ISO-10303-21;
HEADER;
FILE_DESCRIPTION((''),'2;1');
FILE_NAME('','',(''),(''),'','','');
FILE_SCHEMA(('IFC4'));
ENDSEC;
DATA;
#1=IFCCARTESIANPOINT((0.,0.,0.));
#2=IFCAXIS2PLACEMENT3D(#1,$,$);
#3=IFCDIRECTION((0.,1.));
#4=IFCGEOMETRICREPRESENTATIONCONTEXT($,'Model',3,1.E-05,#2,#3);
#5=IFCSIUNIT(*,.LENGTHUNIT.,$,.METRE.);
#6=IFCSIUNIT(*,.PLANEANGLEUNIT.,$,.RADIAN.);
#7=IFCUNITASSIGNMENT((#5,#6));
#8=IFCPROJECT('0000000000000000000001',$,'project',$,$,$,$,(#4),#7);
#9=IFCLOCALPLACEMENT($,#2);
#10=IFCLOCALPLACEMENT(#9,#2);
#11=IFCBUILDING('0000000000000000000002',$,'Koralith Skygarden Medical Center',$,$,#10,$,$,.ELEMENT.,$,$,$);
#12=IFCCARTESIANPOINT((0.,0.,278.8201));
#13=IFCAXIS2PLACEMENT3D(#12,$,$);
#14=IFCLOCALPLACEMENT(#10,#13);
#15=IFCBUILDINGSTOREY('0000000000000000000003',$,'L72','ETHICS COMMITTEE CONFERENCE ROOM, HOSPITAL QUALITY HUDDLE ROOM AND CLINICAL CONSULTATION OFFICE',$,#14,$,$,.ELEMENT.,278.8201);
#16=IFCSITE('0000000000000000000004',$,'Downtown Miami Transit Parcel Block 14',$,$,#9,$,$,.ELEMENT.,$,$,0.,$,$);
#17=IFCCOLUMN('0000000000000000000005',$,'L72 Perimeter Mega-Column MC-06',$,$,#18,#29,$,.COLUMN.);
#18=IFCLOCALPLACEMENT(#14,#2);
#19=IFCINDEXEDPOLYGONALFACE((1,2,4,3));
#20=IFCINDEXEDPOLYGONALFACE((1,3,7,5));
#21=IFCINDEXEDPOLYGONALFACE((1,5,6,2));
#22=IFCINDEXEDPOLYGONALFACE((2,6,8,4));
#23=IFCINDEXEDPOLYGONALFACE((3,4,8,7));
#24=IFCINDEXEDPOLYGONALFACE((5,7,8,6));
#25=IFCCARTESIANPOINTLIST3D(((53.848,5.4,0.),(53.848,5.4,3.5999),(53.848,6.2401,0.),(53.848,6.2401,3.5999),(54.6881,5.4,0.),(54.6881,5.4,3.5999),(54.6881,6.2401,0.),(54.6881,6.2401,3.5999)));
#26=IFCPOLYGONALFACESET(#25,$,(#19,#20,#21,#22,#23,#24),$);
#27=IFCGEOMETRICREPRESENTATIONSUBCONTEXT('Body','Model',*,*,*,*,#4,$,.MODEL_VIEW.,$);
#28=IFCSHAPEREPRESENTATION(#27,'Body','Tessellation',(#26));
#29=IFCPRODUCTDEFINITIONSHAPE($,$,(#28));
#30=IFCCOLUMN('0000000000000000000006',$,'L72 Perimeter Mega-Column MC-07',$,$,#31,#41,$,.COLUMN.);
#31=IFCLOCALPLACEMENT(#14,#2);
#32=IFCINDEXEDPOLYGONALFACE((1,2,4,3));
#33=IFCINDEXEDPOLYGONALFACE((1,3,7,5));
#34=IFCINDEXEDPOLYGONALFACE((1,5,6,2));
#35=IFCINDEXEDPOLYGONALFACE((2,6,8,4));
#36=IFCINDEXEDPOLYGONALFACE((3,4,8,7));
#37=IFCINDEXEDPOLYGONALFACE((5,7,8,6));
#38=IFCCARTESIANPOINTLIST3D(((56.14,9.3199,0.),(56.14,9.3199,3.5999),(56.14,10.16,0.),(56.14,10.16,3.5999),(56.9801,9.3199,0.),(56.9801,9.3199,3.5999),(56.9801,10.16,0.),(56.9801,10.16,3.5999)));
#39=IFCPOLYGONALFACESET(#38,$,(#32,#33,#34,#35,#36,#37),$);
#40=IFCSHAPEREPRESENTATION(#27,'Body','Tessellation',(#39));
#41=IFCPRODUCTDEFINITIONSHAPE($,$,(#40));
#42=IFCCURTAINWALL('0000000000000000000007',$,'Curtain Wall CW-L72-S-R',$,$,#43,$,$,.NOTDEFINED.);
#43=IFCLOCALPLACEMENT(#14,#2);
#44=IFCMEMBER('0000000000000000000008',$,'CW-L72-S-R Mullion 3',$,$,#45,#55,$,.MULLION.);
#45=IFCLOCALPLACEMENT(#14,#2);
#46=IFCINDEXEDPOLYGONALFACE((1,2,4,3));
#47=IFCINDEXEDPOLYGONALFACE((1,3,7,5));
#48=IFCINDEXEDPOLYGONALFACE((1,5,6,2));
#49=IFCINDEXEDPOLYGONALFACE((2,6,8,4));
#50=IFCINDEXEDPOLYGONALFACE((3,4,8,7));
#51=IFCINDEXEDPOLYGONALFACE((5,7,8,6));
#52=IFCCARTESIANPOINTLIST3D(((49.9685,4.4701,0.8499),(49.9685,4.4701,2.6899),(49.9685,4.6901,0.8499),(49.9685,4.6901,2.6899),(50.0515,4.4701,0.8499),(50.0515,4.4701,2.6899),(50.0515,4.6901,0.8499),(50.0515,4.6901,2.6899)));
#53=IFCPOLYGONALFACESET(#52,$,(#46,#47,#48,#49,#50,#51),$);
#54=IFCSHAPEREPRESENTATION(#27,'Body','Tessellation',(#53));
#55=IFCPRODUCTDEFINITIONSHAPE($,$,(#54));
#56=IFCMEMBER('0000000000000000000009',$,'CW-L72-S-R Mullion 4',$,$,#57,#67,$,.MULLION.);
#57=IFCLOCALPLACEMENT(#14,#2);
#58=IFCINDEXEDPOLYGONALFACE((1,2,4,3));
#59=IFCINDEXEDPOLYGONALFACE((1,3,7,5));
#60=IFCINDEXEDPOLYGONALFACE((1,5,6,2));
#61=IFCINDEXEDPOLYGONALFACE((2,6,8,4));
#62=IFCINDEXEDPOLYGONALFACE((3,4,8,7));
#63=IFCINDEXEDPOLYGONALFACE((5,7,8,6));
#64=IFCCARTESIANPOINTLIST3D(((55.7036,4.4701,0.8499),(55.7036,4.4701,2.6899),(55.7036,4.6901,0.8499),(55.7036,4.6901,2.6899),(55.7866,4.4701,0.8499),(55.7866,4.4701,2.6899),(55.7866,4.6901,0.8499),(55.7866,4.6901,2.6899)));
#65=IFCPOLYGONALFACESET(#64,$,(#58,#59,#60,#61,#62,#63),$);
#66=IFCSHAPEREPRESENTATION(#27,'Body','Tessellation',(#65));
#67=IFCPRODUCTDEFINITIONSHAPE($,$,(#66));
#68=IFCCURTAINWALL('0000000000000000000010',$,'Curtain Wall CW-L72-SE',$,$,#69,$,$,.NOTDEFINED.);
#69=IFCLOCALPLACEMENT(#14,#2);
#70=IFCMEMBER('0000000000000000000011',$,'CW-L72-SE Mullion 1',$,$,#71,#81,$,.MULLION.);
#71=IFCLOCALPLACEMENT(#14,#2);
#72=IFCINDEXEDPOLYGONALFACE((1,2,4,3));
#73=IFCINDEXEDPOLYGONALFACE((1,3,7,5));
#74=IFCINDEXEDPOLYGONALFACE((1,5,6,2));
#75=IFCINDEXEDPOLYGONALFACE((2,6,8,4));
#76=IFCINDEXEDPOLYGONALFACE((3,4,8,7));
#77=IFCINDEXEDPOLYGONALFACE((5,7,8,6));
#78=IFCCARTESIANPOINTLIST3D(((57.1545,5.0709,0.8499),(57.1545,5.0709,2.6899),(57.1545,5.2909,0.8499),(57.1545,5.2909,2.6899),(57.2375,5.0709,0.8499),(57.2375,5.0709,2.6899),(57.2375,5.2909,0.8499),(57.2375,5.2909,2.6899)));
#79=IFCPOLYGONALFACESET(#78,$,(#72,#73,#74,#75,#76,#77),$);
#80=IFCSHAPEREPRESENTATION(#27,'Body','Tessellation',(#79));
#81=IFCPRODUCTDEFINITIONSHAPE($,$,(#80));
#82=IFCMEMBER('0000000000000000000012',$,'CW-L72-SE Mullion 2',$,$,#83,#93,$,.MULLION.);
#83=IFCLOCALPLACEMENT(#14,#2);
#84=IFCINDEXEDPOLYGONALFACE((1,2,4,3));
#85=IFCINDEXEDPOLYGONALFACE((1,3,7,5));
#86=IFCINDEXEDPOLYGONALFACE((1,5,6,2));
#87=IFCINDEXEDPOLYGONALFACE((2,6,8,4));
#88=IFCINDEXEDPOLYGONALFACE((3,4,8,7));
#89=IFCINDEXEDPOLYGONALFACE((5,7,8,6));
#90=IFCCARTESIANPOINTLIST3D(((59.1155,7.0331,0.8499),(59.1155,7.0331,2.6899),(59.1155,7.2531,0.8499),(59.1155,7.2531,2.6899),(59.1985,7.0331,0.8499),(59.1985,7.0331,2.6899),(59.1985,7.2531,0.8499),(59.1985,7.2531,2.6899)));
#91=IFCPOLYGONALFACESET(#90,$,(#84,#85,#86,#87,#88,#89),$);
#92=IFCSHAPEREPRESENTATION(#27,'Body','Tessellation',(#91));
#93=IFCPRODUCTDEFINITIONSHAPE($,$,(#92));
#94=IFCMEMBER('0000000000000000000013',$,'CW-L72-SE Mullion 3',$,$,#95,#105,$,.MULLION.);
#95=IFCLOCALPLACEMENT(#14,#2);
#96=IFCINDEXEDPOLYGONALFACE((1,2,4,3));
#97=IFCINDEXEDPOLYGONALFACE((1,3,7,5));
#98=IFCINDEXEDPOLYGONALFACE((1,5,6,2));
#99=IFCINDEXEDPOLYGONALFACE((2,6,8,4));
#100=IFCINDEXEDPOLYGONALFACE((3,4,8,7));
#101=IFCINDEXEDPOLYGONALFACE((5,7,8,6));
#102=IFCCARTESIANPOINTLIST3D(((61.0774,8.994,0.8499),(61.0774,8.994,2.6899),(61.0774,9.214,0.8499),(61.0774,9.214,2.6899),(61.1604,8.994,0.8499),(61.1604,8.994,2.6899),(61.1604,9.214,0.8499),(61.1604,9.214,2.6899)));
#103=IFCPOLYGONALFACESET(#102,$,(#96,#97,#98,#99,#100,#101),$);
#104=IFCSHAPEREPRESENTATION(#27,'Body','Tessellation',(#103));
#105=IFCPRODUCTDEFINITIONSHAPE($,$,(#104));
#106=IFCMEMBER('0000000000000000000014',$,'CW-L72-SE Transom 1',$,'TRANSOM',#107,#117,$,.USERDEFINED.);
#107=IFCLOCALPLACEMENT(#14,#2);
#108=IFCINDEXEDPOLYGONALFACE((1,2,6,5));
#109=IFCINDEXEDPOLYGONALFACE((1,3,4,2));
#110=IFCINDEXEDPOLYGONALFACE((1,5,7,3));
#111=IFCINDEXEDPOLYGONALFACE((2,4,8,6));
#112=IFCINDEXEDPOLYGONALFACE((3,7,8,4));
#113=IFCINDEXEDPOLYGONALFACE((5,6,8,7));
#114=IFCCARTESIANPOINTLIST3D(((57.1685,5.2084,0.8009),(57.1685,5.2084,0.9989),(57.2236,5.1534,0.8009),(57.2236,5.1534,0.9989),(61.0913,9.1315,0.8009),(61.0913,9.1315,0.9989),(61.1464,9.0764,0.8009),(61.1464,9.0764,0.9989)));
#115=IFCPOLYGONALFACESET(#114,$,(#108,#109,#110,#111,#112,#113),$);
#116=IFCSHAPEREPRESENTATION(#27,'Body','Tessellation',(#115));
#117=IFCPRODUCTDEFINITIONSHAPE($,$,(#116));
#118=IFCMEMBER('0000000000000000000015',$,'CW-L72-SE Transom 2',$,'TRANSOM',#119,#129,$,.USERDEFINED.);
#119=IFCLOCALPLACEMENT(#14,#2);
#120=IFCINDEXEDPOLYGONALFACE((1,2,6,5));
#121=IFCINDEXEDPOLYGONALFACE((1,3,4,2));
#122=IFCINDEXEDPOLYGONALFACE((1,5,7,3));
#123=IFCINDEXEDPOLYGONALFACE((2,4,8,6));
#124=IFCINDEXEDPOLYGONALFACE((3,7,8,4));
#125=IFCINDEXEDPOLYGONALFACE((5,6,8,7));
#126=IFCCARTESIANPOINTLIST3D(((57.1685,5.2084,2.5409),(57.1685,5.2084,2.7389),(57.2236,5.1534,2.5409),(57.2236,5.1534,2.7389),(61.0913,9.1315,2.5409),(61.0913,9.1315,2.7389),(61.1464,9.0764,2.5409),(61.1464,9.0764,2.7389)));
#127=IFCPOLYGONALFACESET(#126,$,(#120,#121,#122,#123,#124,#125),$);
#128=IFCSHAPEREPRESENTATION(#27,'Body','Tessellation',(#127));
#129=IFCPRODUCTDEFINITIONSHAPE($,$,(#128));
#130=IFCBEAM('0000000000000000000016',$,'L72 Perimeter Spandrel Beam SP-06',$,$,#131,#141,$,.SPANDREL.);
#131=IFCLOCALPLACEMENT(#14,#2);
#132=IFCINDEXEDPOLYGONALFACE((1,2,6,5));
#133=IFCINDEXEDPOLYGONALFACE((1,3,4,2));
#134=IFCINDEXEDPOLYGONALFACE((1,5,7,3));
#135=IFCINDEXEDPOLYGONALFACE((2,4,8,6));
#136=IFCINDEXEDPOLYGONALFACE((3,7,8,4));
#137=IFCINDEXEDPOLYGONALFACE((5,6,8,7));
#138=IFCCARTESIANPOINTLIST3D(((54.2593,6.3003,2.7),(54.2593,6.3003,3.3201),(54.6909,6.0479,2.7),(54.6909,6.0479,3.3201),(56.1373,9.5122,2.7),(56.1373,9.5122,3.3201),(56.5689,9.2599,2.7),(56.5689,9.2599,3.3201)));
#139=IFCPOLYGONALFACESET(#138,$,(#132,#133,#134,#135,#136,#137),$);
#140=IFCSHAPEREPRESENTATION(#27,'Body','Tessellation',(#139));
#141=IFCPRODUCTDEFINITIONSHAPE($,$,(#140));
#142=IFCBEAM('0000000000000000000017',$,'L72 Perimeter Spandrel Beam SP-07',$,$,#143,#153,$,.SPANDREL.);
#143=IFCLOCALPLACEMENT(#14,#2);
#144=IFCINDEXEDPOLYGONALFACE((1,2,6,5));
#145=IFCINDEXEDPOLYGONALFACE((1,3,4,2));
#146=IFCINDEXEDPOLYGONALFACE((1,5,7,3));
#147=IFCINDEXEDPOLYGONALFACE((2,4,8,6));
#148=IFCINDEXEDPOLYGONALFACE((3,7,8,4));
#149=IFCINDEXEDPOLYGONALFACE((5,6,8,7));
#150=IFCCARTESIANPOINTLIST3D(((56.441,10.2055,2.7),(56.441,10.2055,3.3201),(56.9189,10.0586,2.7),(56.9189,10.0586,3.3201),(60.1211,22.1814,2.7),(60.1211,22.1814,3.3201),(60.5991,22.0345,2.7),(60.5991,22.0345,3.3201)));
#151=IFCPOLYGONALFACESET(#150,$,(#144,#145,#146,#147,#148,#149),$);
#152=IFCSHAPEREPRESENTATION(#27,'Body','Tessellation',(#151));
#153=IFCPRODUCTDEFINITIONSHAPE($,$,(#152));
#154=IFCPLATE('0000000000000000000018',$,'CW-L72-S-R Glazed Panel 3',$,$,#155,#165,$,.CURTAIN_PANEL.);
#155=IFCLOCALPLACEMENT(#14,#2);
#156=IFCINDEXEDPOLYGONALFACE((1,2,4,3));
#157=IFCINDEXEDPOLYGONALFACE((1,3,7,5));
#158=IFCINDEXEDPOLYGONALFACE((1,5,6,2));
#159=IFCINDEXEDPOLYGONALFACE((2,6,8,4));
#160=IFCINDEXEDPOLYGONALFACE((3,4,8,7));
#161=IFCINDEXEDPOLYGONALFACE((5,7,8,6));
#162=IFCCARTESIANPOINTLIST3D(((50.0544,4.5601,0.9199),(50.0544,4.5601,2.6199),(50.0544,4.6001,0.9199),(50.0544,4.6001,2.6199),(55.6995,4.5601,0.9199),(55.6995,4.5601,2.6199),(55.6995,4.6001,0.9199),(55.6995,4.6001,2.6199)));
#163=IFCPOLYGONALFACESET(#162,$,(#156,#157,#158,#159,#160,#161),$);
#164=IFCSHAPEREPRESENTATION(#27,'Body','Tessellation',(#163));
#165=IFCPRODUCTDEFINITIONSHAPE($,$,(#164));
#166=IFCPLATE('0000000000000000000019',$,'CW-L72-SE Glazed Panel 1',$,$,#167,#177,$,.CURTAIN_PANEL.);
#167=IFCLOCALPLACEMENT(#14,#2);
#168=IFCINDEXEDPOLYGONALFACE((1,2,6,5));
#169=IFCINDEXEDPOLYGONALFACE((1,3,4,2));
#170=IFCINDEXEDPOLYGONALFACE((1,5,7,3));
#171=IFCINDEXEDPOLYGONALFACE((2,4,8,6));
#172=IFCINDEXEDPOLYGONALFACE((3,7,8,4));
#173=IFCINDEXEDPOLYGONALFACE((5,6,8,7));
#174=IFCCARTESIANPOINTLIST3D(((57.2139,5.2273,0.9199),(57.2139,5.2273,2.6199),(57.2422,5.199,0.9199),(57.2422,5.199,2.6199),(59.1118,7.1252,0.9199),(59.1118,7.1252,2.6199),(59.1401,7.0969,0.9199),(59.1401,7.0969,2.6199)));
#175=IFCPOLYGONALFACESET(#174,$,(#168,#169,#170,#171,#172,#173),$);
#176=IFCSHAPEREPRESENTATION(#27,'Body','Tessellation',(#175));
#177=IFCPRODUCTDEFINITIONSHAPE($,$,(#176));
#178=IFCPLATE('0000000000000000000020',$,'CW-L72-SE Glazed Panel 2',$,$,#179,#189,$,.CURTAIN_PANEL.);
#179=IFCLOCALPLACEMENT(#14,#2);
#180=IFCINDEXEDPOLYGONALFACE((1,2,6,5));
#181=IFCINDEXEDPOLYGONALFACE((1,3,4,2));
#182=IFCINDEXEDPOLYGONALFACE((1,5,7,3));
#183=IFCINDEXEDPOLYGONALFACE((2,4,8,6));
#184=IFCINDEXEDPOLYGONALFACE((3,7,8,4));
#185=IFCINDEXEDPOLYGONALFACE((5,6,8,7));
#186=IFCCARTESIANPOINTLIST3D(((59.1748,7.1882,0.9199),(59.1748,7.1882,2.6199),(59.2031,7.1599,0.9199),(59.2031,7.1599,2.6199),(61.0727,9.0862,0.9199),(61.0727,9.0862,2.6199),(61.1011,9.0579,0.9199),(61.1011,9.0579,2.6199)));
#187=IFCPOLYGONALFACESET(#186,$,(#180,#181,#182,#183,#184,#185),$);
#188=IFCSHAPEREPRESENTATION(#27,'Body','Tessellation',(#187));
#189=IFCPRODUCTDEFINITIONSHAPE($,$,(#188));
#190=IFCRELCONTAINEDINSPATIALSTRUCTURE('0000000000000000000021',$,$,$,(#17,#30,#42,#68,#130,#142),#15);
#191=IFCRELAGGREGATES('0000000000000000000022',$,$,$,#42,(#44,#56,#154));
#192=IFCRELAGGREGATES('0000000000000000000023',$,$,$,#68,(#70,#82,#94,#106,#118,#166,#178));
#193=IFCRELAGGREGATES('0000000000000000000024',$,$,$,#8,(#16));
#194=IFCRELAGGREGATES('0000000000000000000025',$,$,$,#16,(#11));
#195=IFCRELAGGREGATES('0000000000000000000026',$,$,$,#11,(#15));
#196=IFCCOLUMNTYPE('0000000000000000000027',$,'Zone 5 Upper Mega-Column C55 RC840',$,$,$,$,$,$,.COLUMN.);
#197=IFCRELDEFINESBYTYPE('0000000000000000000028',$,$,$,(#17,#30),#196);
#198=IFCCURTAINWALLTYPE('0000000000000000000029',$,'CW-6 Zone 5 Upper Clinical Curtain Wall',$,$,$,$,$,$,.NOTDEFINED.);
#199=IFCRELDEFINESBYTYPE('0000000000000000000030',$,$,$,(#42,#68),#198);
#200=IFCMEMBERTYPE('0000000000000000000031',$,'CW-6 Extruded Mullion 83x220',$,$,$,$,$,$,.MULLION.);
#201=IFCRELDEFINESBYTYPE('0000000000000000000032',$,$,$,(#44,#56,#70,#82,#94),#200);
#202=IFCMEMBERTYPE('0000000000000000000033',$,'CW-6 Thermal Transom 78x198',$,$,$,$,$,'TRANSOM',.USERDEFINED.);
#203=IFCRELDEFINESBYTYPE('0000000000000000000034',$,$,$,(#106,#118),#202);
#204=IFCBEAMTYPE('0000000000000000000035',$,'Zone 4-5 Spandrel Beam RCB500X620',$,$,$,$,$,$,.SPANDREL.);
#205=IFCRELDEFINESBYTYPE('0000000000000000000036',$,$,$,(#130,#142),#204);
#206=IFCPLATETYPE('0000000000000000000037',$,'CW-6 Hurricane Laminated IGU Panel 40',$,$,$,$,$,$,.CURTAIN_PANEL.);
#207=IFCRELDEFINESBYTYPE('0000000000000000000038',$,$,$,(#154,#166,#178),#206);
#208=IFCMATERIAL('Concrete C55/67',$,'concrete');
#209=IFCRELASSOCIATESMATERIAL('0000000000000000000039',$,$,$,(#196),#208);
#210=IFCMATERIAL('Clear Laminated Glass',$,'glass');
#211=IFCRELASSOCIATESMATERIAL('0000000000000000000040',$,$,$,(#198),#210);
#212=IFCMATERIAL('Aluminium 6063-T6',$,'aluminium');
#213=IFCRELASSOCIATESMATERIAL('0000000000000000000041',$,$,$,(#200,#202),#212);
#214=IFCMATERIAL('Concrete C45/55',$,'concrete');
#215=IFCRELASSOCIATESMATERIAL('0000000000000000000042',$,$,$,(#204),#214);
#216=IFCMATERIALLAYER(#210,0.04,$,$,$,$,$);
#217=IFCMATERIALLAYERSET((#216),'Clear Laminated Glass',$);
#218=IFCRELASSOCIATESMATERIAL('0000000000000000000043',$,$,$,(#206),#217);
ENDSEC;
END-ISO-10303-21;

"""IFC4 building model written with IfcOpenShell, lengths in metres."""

from ifc_helpers import new_model, si_unit, direction, frame, origin, origin_2d, place, context, subcontext, project, spatial, rectangle, extrude, material, layer, layer_set, material_profile, profile_set, type_object, element, aggregate, save


model = new_model("IFC4")

# Units and contexts
model_context = context("Model", 3, precision=1e-05, world=origin(), true_north=direction((0.0, 1.0)))
body_context = subcontext(model_context, "Body", "Model", "MODEL_VIEW")
ifc_project = project(units=[si_unit("LENGTHUNIT", "METRE"), si_unit("PLANEANGLEUNIT", "RADIAN")], contexts=[model_context])

# Site, building, storey
site_placement = place(None, origin())
site = spatial("IfcSite", under=ifc_project, at=site_placement, Name="Downtown Miami Transit Parcel Block 14", CompositionType="ELEMENT", RefElevation=0.0)
building_placement = place(site_placement, origin())
building = spatial("IfcBuilding", under=site, at=building_placement, Name="Koralith Skygarden Medical Center", CompositionType="ELEMENT")
storey_placement = place(building_placement, frame((0.0, 0.0, 278.8201)))
storey = spatial("IfcBuildingStorey", under=building, at=storey_placement, Name="L72", Description="ETHICS COMMITTEE CONFERENCE ROOM, HOSPITAL QUALITY HUDDLE ROOM AND CLINICAL CONSULTATION OFFICE", CompositionType="ELEMENT", Elevation=278.8201)

# Columns
ifc_material_1 = material(Name="Concrete C55/67", Category="concrete")
ifc_material_profile_1 = material_profile(ifc_material_1, rectangle(XDim=0.8401, YDim=0.8401, at=origin_2d()), Name="RC840X840")
ifc_profile_set_1 = profile_set([ifc_material_profile_1], Name="Concrete C55/67")
column_type = type_object("IfcColumnType", Name="Zone 5 Upper Mega-Column C55 RC840", PredefinedType="COLUMN", material=ifc_profile_set_1)
for number, where, z_axis, x_axis, name in (
    (1, (54.2681, 5.8201, 0.0), (0.0, 0.0, 1.0), (1.0, 0.0, 0.0), "L72 Perimeter Mega-Column MC-06"),
    (2, (56.5601, 9.74, 0.0), (0.0, 0.0, 1.0), (1.0, 0.0, 0.0), "L72 Perimeter Mega-Column MC-07"),
):
    element("IfcColumn", number, at=place(storey_placement, frame(where, z_axis=z_axis, x_axis=x_axis)), inside=storey, type_object=column_type, Name=name, PredefinedType="COLUMN", context=body_context, shape_type="SweptSolid", body=[
        extrude(rectangle(XDim=0.8401, YDim=0.8401, at=origin_2d()), origin(), (0.0, 0.0, 1.0), 3.5999),
    ])

# Curtain walls, members
ifc_material_2 = material(Name="Clear Laminated Glass", Category="glass")
curtain_wall_type = type_object("IfcCurtainWallType", Name="CW-6 Zone 5 Upper Clinical Curtain Wall", PredefinedType="NOTDEFINED", material=ifc_material_2)
curtain_wall_1_placement = place(storey_placement, origin())
curtain_wall_1 = element("IfcCurtainWall", 3, at=curtain_wall_1_placement, inside=storey, type_object=curtain_wall_type, Name="Curtain Wall CW-L72-S-R", PredefinedType="NOTDEFINED")
ifc_material_3 = material(Name="Aluminium 6063-T6", Category="aluminium")
ifc_material_profile_2 = material_profile(ifc_material_3, rectangle(XDim=0.083, YDim=0.22, at=origin_2d()), Name="MUL83X220")
ifc_profile_set_2 = profile_set([ifc_material_profile_2], Name="Aluminium 6063-T6")
member_type_1 = type_object("IfcMemberType", Name="CW-6 Extruded Mullion 83x220", PredefinedType="MULLION", material=ifc_profile_set_2)
member_1_placement = place(storey_placement, frame((50.01, 4.5801, 0.8499), z_axis=(0.0, 0.0, 1.0), x_axis=(1.0, 0.0, 0.0)))
member_1 = element("IfcMember", 4, at=member_1_placement, type_object=member_type_1, Name="CW-L72-S-R Mullion 3", PredefinedType="MULLION", context=body_context, shape_type="SweptSolid", body=[
    extrude(rectangle(XDim=0.083, YDim=0.22, at=origin_2d()), origin(), (0.0, 0.0, 1.0), 1.8401),
])
member_2_placement = place(storey_placement, frame((55.7451, 4.5801, 0.8499), z_axis=(0.0, 0.0, 1.0), x_axis=(1.0, 0.0, 0.0)))
member_2 = element("IfcMember", 5, at=member_2_placement, type_object=member_type_1, Name="CW-L72-S-R Mullion 4", PredefinedType="MULLION", context=body_context, shape_type="SweptSolid", body=[
    extrude(rectangle(XDim=0.083, YDim=0.22, at=origin_2d()), origin(), (0.0, 0.0, 1.0), 1.8401),
])
curtain_wall_2_placement = place(storey_placement, origin())
curtain_wall_2 = element("IfcCurtainWall", 6, at=curtain_wall_2_placement, inside=storey, type_object=curtain_wall_type, Name="Curtain Wall CW-L72-SE", PredefinedType="NOTDEFINED")
member_3_placement = place(storey_placement, frame((57.196, 5.1809, 0.8499), z_axis=(0.0, 0.0, 1.0), x_axis=(1.0, 0.0, 0.0)))
member_3 = element("IfcMember", 7, at=member_3_placement, type_object=member_type_1, Name="CW-L72-SE Mullion 1", PredefinedType="MULLION", context=body_context, shape_type="SweptSolid", body=[
    extrude(rectangle(XDim=0.083, YDim=0.22, at=origin_2d()), origin(), (0.0, 0.0, 1.0), 1.8401),
])
member_4_placement = place(storey_placement, frame((59.157, 7.1431, 0.8499), z_axis=(0.0, 0.0, 1.0), x_axis=(1.0, 0.0, 0.0)))
member_4 = element("IfcMember", 8, at=member_4_placement, type_object=member_type_1, Name="CW-L72-SE Mullion 2", PredefinedType="MULLION", context=body_context, shape_type="SweptSolid", body=[
    extrude(rectangle(XDim=0.083, YDim=0.22, at=origin_2d()), origin(), (0.0, 0.0, 1.0), 1.8401),
])
member_5_placement = place(storey_placement, frame((61.1189, 9.104, 0.8499), z_axis=(0.0, 0.0, 1.0), x_axis=(1.0, 0.0, 0.0)))
member_5 = element("IfcMember", 9, at=member_5_placement, type_object=member_type_1, Name="CW-L72-SE Mullion 3", PredefinedType="MULLION", context=body_context, shape_type="SweptSolid", body=[
    extrude(rectangle(XDim=0.083, YDim=0.22, at=origin_2d()), origin(), (0.0, 0.0, 1.0), 1.8401),
])
ifc_material_profile_3 = material_profile(ifc_material_3, rectangle(XDim=0.0779, YDim=0.198, at=origin_2d()), Name="TRN78X198")
ifc_profile_set_3 = profile_set([ifc_material_profile_3], Name="Aluminium 6063-T6")
member_type_2 = type_object("IfcMemberType", Name="CW-6 Thermal Transom 78x198", ElementType="TRANSOM", PredefinedType="USERDEFINED", material=ifc_profile_set_3)
member_6_placement = place(storey_placement, frame((57.196, 5.1809, 0.8999), z_axis=(0.707085, 0.707129, 0.0), x_axis=(-0.707129, 0.707085, 0.0)))
member_6 = element("IfcMember", 10, at=member_6_placement, type_object=member_type_2, Name="CW-L72-SE Transom 1", ObjectType="TRANSOM", PredefinedType="USERDEFINED", context=body_context, shape_type="SweptSolid", body=[
    extrude(rectangle(XDim=0.0779, YDim=0.198, at=origin_2d()), origin(), (0.0, 0.0, 1.0), 5.5479),
])
member_7_placement = place(storey_placement, frame((57.196, 5.1809, 2.6399), z_axis=(0.707085, 0.707129, 0.0), x_axis=(-0.707129, 0.707085, 0.0)))
member_7 = element("IfcMember", 11, at=member_7_placement, type_object=member_type_2, Name="CW-L72-SE Transom 2", ObjectType="TRANSOM", PredefinedType="USERDEFINED", context=body_context, shape_type="SweptSolid", body=[
    extrude(rectangle(XDim=0.0779, YDim=0.198, at=origin_2d()), origin(), (0.0, 0.0, 1.0), 5.5479),
])

# Beams
ifc_material_4 = material(Name="Concrete C45/55", Category="concrete")
ifc_material_profile_4 = material_profile(ifc_material_4, rectangle(XDim=0.5, YDim=0.6201, at=origin_2d()), Name="RCB500X620")
ifc_profile_set_4 = profile_set([ifc_material_profile_4], Name="Concrete C45/55")
beam_type = type_object("IfcBeamType", Name="Zone 4-5 Spandrel Beam RCB500X620", PredefinedType="SPANDREL", material=ifc_profile_set_4)
beam_1_placement = place(storey_placement, frame((54.4751, 6.1741, 3.01), z_axis=(0.504736, 0.863274, 0.0), x_axis=(-0.863274, 0.504736, 0.0)))
element("IfcBeam", 12, at=beam_1_placement, inside=storey, type_object=beam_type, Name="L72 Perimeter Spandrel Beam SP-06", PredefinedType="SPANDREL", context=body_context, shape_type="SweptSolid", body=[
    extrude(rectangle(XDim=0.5, YDim=0.6201, at=origin_2d()), origin(), (0.0, 0.0, 1.0), 3.7207),
])
beam_2_placement = place(storey_placement, frame((56.6799, 10.1321, 3.01), z_axis=(0.293743, 0.955884, 0.0), x_axis=(-0.955884, 0.293743, 0.0)))
element("IfcBeam", 13, at=beam_2_placement, inside=storey, type_object=beam_type, Name="L72 Perimeter Spandrel Beam SP-07", PredefinedType="SPANDREL", context=body_context, shape_type="SweptSolid", body=[
    extrude(rectangle(XDim=0.5, YDim=0.6201, at=origin_2d()), origin(), (0.0, 0.0, 1.0), 12.5286),
])

# Plates
ifc_layer_1 = layer(ifc_material_2, 0.04)
ifc_layer_set_1 = layer_set([ifc_layer_1], Name="Clear Laminated Glass")
plate_type_1 = type_object("IfcPlateType", Name="CW-6 Hurricane Laminated IGU Panel 40", PredefinedType="CURTAIN_PANEL", material=ifc_layer_set_1)
plate_1_placement = place(storey_placement, frame((52.877, 4.5801, 0.9199), z_axis=(0.0, 0.0, 1.0), x_axis=(1.0, 0.0, 0.0)))
plate_1 = element("IfcPlate", 14, at=plate_1_placement, type_object=plate_type_1, Name="CW-L72-S-R Glazed Panel 3", PredefinedType="CURTAIN_PANEL", context=body_context, shape_type="SweptSolid", body=[
    extrude(rectangle(XDim=5.645, YDim=0.04, at=origin_2d()), origin(), (0.0, 0.0, 1.0), 1.7),
])
aggregate(curtain_wall_1, [member_1, member_2, plate_1])
plate_2_placement = place(storey_placement, frame((58.177, 6.1621, 0.9199), z_axis=(0.0, 0.0, 1.0), x_axis=(0.707107, 0.707107, 0.0)))
plate_2 = element("IfcPlate", 15, at=plate_2_placement, type_object=plate_type_1, Name="CW-L72-SE Glazed Panel 1", PredefinedType="CURTAIN_PANEL", context=body_context, shape_type="SweptSolid", body=[
    extrude(rectangle(XDim=2.6841, YDim=0.04, at=origin_2d()), origin(), (0.0, 0.0, 1.0), 1.7),
])
plate_3_placement = place(storey_placement, frame((60.1379, 8.123, 0.9199), z_axis=(0.0, 0.0, 1.0), x_axis=(0.707107, 0.707107, 0.0)))
plate_3 = element("IfcPlate", 16, at=plate_3_placement, type_object=plate_type_1, Name="CW-L72-SE Glazed Panel 2", PredefinedType="CURTAIN_PANEL", context=body_context, shape_type="SweptSolid", body=[
    extrude(rectangle(XDim=2.6841, YDim=0.04, at=origin_2d()), origin(), (0.0, 0.0, 1.0), 1.7),
])
aggregate(curtain_wall_2, [member_3, member_4, member_5, member_6, member_7, plate_2, plate_3])

save(model, "model.ifc")
